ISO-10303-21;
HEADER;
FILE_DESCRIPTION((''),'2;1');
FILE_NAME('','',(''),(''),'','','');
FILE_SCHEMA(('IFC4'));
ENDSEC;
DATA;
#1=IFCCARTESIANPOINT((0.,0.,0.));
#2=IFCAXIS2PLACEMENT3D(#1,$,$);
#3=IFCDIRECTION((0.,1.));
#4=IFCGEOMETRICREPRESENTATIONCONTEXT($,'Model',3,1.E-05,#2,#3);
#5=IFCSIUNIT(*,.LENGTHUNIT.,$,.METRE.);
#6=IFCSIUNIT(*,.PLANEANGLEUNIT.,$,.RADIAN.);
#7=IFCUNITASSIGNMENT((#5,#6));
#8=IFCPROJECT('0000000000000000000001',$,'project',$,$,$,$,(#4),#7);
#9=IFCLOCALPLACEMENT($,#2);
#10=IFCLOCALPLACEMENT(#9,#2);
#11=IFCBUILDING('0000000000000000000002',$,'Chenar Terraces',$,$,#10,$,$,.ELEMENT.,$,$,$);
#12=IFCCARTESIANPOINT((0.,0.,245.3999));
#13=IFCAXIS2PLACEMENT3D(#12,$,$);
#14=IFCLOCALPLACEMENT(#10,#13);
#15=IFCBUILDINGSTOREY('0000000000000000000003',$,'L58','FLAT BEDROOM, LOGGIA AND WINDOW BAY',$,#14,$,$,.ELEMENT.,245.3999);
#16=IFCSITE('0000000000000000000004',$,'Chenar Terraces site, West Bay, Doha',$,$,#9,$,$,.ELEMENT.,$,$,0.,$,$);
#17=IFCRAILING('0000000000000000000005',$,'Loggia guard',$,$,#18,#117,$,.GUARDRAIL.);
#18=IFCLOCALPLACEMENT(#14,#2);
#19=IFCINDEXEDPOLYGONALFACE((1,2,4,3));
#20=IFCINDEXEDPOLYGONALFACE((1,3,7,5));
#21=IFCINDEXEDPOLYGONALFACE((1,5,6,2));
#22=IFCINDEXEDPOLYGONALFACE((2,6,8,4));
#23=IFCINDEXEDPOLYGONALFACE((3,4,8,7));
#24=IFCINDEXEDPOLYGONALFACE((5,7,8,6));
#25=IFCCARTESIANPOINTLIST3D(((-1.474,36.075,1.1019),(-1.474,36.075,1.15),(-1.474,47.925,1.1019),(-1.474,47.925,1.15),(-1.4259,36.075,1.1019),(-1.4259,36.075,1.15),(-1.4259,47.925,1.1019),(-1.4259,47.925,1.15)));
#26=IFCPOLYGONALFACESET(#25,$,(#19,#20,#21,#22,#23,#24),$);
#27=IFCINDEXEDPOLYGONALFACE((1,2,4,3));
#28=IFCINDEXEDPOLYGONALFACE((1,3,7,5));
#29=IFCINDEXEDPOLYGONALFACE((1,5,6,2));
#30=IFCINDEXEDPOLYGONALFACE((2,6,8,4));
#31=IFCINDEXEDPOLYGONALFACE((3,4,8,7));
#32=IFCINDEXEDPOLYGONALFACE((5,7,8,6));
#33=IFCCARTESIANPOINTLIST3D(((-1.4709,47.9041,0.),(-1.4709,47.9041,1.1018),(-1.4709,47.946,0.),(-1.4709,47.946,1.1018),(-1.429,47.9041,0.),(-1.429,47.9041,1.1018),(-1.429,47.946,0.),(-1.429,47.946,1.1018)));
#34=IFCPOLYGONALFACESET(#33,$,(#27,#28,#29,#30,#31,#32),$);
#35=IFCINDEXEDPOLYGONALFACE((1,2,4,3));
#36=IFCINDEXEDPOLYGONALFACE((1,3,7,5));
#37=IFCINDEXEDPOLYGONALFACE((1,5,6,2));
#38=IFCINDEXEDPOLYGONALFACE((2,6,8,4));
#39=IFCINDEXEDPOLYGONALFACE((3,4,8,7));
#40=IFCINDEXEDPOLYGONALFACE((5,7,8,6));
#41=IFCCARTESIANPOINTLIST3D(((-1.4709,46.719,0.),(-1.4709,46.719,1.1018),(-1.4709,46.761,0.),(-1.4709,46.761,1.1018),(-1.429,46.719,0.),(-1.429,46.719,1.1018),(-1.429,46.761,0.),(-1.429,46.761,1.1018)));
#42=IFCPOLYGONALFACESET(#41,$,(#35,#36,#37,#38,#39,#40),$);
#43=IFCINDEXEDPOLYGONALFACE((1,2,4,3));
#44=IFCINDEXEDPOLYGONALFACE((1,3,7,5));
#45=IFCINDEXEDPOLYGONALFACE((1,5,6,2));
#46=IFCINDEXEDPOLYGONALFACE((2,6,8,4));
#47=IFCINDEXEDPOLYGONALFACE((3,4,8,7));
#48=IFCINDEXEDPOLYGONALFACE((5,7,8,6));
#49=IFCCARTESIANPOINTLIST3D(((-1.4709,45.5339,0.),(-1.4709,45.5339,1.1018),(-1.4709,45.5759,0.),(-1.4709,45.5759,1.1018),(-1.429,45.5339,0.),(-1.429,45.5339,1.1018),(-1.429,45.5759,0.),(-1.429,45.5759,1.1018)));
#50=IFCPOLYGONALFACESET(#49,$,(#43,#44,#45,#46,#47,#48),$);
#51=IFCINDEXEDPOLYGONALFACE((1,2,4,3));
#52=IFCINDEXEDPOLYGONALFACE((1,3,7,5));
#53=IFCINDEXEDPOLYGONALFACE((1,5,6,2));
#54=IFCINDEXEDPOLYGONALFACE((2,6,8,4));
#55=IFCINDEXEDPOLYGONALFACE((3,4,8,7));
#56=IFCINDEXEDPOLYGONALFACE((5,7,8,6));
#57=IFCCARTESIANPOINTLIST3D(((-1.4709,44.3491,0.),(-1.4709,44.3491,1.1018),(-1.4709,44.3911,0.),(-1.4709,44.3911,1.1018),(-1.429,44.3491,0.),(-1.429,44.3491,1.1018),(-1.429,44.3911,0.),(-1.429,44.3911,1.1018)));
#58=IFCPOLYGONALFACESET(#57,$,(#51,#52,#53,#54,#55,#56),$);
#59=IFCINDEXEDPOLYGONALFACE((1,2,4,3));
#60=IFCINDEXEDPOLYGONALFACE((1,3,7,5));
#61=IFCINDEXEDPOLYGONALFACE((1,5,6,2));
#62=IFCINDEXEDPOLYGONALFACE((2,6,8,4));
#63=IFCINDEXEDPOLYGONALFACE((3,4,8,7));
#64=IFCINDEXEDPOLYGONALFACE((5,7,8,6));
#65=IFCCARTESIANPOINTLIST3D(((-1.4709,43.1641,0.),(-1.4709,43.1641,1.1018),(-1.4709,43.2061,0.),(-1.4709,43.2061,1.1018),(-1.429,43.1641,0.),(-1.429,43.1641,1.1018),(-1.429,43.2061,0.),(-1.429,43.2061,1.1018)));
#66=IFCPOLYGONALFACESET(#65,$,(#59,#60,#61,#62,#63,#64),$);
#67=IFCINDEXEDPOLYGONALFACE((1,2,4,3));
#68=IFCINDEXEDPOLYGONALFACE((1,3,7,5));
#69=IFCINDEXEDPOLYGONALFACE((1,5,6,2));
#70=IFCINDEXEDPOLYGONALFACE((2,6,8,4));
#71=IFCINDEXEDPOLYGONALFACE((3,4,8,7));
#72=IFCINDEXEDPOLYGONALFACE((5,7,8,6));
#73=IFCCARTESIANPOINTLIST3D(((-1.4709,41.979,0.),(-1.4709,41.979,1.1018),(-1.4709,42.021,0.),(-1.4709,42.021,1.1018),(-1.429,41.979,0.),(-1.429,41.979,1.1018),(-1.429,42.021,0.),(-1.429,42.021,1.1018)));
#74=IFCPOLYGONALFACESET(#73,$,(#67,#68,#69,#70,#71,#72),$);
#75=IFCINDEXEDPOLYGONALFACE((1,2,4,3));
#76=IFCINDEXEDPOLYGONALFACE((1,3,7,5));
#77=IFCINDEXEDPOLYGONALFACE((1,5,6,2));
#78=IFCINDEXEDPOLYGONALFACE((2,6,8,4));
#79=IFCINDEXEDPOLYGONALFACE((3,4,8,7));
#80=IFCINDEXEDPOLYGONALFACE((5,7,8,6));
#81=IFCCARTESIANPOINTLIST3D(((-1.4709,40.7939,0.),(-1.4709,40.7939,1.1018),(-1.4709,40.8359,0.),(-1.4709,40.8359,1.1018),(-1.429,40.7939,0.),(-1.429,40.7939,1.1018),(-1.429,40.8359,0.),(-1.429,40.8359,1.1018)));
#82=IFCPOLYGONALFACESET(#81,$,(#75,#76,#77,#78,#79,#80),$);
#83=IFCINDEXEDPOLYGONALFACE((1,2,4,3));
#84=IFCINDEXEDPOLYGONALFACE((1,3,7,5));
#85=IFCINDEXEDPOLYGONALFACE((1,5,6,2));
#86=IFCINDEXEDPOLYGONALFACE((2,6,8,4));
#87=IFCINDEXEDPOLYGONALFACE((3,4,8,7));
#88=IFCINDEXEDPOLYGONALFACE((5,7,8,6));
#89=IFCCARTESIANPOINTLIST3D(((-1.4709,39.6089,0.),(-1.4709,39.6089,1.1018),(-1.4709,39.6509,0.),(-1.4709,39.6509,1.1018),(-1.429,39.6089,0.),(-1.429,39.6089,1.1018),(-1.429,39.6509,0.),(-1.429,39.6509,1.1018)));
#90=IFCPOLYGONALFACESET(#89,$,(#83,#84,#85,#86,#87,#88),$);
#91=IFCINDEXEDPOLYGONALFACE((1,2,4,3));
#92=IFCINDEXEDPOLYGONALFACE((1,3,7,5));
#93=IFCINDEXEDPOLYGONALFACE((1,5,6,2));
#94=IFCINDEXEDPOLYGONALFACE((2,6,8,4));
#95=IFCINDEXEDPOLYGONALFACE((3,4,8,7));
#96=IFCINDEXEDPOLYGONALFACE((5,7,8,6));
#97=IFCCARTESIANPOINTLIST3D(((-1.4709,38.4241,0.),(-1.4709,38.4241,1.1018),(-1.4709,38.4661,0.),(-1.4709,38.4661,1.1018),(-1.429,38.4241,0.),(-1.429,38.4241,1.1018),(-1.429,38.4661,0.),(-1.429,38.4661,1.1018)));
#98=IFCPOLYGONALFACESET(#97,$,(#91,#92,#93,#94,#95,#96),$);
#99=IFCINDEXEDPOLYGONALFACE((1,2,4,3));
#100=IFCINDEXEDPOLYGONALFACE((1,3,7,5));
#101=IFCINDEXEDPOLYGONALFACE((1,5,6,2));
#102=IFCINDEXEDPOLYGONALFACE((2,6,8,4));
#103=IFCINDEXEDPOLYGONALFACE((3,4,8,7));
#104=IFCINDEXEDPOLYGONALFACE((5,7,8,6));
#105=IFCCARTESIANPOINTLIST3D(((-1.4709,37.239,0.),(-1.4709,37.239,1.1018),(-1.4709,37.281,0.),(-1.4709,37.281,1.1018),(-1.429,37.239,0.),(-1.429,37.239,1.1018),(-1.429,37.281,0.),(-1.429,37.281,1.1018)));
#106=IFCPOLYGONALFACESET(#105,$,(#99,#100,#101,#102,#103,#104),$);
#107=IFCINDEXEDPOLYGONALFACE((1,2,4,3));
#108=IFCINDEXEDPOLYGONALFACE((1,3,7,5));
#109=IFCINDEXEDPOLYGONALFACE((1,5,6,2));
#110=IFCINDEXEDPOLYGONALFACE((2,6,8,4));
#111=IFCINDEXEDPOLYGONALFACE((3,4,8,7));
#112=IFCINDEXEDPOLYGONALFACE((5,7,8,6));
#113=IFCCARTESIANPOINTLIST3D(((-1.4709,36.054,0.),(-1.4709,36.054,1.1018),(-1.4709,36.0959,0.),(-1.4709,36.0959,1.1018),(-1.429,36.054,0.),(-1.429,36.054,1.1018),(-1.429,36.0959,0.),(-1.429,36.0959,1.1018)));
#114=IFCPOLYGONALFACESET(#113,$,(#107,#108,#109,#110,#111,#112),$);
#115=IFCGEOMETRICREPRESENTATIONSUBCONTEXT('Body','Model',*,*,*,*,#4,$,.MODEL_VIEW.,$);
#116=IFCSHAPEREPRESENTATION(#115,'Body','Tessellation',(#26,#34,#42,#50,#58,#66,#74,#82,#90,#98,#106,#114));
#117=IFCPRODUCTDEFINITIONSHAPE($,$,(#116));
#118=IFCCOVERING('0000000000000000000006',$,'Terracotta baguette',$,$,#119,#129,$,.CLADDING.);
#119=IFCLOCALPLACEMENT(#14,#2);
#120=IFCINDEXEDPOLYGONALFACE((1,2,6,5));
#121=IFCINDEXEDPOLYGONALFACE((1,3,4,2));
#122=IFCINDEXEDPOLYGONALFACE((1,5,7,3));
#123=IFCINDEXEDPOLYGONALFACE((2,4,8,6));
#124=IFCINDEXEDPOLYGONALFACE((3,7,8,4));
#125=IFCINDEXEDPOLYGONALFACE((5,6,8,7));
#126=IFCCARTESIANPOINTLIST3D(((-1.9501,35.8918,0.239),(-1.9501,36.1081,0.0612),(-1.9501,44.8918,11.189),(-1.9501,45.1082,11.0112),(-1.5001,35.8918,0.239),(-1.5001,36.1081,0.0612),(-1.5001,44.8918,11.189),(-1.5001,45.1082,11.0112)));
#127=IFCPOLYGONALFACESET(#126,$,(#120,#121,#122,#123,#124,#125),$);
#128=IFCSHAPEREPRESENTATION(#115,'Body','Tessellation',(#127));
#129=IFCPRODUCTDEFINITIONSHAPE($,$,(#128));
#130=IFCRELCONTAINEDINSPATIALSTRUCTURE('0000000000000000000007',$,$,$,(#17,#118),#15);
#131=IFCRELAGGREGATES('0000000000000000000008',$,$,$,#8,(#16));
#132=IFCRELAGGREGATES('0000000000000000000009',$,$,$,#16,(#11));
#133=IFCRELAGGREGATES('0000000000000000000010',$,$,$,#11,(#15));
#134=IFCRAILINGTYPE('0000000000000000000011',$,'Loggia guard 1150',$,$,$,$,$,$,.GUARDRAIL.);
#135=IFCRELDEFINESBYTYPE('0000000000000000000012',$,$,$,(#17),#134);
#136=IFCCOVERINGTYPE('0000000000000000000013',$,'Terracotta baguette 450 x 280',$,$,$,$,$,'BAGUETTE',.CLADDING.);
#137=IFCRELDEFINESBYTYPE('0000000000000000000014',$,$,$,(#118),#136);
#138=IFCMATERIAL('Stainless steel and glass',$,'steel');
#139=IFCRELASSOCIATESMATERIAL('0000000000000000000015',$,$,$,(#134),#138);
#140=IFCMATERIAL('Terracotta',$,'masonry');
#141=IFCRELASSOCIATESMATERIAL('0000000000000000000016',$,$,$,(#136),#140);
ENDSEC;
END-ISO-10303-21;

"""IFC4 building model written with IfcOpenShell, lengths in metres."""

from ifc_helpers import new_model, si_unit, direction, frame, origin, origin_2d, place, context, subcontext, project, spatial, rectangle, extrude, material, material_profile, profile_set, type_object, element, save


model = new_model("IFC4")

# Units and contexts
model_context = context("Model", 3, precision=1e-05, world=origin(), true_north=direction((0.0, 1.0)))
body_context = subcontext(model_context, "Body", "Model", "MODEL_VIEW")
ifc_project = project(units=[si_unit("LENGTHUNIT", "METRE"), si_unit("PLANEANGLEUNIT", "RADIAN")], contexts=[model_context])

# Site, building, storey
site_placement = place(None, origin())
site = spatial("IfcSite", under=ifc_project, at=site_placement, Name="Chenar Terraces site, West Bay, Doha", CompositionType="ELEMENT", RefElevation=0.0)
building_placement = place(site_placement, origin())
building = spatial("IfcBuilding", under=site, at=building_placement, Name="Chenar Terraces", CompositionType="ELEMENT")
storey_placement = place(building_placement, frame((0.0, 0.0, 245.3999)))
storey = spatial("IfcBuildingStorey", under=building, at=storey_placement, Name="L58", Description="FLAT BEDROOM, LOGGIA AND WINDOW BAY", CompositionType="ELEMENT", Elevation=245.3999)

# Railing
ifc_material_1 = material(Name="Stainless steel and glass", Category="steel")
railing_type = type_object("IfcRailingType", Name="Loggia guard 1150", PredefinedType="GUARDRAIL", material=ifc_material_1)
railing_placement = place(storey_placement, frame((-1.45, 47.925, 0.0)))
element("IfcRailing", 1, at=railing_placement, inside=storey, type_object=railing_type, Name="Loggia guard", PredefinedType="GUARDRAIL", context=body_context, shape_type="SweptSolid", body=[
    extrude(rectangle(XDim=0.0481, YDim=0.0481, at=origin_2d()), frame((0.0, 0.0, 1.126), z_axis=(0.0, -1.0, 0.0), x_axis=(1.0, 0.0, 0.0)), (0.0, 0.0, 1.0), 11.8501),
    extrude(rectangle(XDim=0.042, YDim=0.042, at=origin_2d()), origin(), (0.0, 0.0, 1.0), 1.1018),
    extrude(rectangle(XDim=0.042, YDim=0.042, at=origin_2d()), frame((0.0, -1.1851, 0.0)), (0.0, 0.0, 1.0), 1.1018),
    extrude(rectangle(XDim=0.042, YDim=0.042, at=origin_2d()), frame((0.0, -2.3701, 0.0)), (0.0, 0.0, 1.0), 1.1018),
    extrude(rectangle(XDim=0.042, YDim=0.042, at=origin_2d()), frame((0.0, -3.5549, 0.0)), (0.0, 0.0, 1.0), 1.1018),
    extrude(rectangle(XDim=0.042, YDim=0.042, at=origin_2d()), frame((0.0, -4.74, 0.0)), (0.0, 0.0, 1.0), 1.1018),
    extrude(rectangle(XDim=0.042, YDim=0.042, at=origin_2d()), frame((0.0, -5.925, 0.0)), (0.0, 0.0, 1.0), 1.1018),
    extrude(rectangle(XDim=0.042, YDim=0.042, at=origin_2d()), frame((0.0, -7.1101, 0.0)), (0.0, 0.0, 1.0), 1.1018),
    extrude(rectangle(XDim=0.042, YDim=0.042, at=origin_2d()), frame((0.0, -8.2952, 0.0)), (0.0, 0.0, 1.0), 1.1018),
    extrude(rectangle(XDim=0.042, YDim=0.042, at=origin_2d()), frame((0.0, -9.48, 0.0)), (0.0, 0.0, 1.0), 1.1018),
    extrude(rectangle(XDim=0.042, YDim=0.042, at=origin_2d()), frame((0.0, -10.665, 0.0)), (0.0, 0.0, 1.0), 1.1018),
    extrude(rectangle(XDim=0.042, YDim=0.042, at=origin_2d()), frame((0.0, -11.8501, 0.0)), (0.0, 0.0, 1.0), 1.1018),
])

# Covering
ifc_material_2 = material(Name="Terracotta", Category="masonry")
ifc_material_profile_1 = material_profile(ifc_material_2, rectangle(XDim=0.45, YDim=0.28, at=origin_2d()), Name="Terracotta baguette 450 x 280")
ifc_profile_set_1 = profile_set([ifc_material_profile_1], Name="Terracotta")
covering_type = type_object("IfcCoveringType", Name="Terracotta baguette 450 x 280", ElementType="BAGUETTE", PredefinedType="CLADDING", material=ifc_profile_set_1)
covering_placement = place(storey_placement, frame((-1.7251, 45.0, 11.1001), z_axis=(0.0, -0.634967, -0.772539), x_axis=(1.0, 0.0, 0.0)))
element("IfcCovering", 2, at=covering_placement, inside=storey, type_object=covering_type, Name="Terracotta baguette", PredefinedType="CLADDING", context=body_context, shape_type="SweptSolid", body=[
    extrude(rectangle(XDim=0.45, YDim=0.28, at=origin_2d()), origin(), (0.0, 0.0, 1.0), 14.1741),
])

save(model, "model.ifc")
